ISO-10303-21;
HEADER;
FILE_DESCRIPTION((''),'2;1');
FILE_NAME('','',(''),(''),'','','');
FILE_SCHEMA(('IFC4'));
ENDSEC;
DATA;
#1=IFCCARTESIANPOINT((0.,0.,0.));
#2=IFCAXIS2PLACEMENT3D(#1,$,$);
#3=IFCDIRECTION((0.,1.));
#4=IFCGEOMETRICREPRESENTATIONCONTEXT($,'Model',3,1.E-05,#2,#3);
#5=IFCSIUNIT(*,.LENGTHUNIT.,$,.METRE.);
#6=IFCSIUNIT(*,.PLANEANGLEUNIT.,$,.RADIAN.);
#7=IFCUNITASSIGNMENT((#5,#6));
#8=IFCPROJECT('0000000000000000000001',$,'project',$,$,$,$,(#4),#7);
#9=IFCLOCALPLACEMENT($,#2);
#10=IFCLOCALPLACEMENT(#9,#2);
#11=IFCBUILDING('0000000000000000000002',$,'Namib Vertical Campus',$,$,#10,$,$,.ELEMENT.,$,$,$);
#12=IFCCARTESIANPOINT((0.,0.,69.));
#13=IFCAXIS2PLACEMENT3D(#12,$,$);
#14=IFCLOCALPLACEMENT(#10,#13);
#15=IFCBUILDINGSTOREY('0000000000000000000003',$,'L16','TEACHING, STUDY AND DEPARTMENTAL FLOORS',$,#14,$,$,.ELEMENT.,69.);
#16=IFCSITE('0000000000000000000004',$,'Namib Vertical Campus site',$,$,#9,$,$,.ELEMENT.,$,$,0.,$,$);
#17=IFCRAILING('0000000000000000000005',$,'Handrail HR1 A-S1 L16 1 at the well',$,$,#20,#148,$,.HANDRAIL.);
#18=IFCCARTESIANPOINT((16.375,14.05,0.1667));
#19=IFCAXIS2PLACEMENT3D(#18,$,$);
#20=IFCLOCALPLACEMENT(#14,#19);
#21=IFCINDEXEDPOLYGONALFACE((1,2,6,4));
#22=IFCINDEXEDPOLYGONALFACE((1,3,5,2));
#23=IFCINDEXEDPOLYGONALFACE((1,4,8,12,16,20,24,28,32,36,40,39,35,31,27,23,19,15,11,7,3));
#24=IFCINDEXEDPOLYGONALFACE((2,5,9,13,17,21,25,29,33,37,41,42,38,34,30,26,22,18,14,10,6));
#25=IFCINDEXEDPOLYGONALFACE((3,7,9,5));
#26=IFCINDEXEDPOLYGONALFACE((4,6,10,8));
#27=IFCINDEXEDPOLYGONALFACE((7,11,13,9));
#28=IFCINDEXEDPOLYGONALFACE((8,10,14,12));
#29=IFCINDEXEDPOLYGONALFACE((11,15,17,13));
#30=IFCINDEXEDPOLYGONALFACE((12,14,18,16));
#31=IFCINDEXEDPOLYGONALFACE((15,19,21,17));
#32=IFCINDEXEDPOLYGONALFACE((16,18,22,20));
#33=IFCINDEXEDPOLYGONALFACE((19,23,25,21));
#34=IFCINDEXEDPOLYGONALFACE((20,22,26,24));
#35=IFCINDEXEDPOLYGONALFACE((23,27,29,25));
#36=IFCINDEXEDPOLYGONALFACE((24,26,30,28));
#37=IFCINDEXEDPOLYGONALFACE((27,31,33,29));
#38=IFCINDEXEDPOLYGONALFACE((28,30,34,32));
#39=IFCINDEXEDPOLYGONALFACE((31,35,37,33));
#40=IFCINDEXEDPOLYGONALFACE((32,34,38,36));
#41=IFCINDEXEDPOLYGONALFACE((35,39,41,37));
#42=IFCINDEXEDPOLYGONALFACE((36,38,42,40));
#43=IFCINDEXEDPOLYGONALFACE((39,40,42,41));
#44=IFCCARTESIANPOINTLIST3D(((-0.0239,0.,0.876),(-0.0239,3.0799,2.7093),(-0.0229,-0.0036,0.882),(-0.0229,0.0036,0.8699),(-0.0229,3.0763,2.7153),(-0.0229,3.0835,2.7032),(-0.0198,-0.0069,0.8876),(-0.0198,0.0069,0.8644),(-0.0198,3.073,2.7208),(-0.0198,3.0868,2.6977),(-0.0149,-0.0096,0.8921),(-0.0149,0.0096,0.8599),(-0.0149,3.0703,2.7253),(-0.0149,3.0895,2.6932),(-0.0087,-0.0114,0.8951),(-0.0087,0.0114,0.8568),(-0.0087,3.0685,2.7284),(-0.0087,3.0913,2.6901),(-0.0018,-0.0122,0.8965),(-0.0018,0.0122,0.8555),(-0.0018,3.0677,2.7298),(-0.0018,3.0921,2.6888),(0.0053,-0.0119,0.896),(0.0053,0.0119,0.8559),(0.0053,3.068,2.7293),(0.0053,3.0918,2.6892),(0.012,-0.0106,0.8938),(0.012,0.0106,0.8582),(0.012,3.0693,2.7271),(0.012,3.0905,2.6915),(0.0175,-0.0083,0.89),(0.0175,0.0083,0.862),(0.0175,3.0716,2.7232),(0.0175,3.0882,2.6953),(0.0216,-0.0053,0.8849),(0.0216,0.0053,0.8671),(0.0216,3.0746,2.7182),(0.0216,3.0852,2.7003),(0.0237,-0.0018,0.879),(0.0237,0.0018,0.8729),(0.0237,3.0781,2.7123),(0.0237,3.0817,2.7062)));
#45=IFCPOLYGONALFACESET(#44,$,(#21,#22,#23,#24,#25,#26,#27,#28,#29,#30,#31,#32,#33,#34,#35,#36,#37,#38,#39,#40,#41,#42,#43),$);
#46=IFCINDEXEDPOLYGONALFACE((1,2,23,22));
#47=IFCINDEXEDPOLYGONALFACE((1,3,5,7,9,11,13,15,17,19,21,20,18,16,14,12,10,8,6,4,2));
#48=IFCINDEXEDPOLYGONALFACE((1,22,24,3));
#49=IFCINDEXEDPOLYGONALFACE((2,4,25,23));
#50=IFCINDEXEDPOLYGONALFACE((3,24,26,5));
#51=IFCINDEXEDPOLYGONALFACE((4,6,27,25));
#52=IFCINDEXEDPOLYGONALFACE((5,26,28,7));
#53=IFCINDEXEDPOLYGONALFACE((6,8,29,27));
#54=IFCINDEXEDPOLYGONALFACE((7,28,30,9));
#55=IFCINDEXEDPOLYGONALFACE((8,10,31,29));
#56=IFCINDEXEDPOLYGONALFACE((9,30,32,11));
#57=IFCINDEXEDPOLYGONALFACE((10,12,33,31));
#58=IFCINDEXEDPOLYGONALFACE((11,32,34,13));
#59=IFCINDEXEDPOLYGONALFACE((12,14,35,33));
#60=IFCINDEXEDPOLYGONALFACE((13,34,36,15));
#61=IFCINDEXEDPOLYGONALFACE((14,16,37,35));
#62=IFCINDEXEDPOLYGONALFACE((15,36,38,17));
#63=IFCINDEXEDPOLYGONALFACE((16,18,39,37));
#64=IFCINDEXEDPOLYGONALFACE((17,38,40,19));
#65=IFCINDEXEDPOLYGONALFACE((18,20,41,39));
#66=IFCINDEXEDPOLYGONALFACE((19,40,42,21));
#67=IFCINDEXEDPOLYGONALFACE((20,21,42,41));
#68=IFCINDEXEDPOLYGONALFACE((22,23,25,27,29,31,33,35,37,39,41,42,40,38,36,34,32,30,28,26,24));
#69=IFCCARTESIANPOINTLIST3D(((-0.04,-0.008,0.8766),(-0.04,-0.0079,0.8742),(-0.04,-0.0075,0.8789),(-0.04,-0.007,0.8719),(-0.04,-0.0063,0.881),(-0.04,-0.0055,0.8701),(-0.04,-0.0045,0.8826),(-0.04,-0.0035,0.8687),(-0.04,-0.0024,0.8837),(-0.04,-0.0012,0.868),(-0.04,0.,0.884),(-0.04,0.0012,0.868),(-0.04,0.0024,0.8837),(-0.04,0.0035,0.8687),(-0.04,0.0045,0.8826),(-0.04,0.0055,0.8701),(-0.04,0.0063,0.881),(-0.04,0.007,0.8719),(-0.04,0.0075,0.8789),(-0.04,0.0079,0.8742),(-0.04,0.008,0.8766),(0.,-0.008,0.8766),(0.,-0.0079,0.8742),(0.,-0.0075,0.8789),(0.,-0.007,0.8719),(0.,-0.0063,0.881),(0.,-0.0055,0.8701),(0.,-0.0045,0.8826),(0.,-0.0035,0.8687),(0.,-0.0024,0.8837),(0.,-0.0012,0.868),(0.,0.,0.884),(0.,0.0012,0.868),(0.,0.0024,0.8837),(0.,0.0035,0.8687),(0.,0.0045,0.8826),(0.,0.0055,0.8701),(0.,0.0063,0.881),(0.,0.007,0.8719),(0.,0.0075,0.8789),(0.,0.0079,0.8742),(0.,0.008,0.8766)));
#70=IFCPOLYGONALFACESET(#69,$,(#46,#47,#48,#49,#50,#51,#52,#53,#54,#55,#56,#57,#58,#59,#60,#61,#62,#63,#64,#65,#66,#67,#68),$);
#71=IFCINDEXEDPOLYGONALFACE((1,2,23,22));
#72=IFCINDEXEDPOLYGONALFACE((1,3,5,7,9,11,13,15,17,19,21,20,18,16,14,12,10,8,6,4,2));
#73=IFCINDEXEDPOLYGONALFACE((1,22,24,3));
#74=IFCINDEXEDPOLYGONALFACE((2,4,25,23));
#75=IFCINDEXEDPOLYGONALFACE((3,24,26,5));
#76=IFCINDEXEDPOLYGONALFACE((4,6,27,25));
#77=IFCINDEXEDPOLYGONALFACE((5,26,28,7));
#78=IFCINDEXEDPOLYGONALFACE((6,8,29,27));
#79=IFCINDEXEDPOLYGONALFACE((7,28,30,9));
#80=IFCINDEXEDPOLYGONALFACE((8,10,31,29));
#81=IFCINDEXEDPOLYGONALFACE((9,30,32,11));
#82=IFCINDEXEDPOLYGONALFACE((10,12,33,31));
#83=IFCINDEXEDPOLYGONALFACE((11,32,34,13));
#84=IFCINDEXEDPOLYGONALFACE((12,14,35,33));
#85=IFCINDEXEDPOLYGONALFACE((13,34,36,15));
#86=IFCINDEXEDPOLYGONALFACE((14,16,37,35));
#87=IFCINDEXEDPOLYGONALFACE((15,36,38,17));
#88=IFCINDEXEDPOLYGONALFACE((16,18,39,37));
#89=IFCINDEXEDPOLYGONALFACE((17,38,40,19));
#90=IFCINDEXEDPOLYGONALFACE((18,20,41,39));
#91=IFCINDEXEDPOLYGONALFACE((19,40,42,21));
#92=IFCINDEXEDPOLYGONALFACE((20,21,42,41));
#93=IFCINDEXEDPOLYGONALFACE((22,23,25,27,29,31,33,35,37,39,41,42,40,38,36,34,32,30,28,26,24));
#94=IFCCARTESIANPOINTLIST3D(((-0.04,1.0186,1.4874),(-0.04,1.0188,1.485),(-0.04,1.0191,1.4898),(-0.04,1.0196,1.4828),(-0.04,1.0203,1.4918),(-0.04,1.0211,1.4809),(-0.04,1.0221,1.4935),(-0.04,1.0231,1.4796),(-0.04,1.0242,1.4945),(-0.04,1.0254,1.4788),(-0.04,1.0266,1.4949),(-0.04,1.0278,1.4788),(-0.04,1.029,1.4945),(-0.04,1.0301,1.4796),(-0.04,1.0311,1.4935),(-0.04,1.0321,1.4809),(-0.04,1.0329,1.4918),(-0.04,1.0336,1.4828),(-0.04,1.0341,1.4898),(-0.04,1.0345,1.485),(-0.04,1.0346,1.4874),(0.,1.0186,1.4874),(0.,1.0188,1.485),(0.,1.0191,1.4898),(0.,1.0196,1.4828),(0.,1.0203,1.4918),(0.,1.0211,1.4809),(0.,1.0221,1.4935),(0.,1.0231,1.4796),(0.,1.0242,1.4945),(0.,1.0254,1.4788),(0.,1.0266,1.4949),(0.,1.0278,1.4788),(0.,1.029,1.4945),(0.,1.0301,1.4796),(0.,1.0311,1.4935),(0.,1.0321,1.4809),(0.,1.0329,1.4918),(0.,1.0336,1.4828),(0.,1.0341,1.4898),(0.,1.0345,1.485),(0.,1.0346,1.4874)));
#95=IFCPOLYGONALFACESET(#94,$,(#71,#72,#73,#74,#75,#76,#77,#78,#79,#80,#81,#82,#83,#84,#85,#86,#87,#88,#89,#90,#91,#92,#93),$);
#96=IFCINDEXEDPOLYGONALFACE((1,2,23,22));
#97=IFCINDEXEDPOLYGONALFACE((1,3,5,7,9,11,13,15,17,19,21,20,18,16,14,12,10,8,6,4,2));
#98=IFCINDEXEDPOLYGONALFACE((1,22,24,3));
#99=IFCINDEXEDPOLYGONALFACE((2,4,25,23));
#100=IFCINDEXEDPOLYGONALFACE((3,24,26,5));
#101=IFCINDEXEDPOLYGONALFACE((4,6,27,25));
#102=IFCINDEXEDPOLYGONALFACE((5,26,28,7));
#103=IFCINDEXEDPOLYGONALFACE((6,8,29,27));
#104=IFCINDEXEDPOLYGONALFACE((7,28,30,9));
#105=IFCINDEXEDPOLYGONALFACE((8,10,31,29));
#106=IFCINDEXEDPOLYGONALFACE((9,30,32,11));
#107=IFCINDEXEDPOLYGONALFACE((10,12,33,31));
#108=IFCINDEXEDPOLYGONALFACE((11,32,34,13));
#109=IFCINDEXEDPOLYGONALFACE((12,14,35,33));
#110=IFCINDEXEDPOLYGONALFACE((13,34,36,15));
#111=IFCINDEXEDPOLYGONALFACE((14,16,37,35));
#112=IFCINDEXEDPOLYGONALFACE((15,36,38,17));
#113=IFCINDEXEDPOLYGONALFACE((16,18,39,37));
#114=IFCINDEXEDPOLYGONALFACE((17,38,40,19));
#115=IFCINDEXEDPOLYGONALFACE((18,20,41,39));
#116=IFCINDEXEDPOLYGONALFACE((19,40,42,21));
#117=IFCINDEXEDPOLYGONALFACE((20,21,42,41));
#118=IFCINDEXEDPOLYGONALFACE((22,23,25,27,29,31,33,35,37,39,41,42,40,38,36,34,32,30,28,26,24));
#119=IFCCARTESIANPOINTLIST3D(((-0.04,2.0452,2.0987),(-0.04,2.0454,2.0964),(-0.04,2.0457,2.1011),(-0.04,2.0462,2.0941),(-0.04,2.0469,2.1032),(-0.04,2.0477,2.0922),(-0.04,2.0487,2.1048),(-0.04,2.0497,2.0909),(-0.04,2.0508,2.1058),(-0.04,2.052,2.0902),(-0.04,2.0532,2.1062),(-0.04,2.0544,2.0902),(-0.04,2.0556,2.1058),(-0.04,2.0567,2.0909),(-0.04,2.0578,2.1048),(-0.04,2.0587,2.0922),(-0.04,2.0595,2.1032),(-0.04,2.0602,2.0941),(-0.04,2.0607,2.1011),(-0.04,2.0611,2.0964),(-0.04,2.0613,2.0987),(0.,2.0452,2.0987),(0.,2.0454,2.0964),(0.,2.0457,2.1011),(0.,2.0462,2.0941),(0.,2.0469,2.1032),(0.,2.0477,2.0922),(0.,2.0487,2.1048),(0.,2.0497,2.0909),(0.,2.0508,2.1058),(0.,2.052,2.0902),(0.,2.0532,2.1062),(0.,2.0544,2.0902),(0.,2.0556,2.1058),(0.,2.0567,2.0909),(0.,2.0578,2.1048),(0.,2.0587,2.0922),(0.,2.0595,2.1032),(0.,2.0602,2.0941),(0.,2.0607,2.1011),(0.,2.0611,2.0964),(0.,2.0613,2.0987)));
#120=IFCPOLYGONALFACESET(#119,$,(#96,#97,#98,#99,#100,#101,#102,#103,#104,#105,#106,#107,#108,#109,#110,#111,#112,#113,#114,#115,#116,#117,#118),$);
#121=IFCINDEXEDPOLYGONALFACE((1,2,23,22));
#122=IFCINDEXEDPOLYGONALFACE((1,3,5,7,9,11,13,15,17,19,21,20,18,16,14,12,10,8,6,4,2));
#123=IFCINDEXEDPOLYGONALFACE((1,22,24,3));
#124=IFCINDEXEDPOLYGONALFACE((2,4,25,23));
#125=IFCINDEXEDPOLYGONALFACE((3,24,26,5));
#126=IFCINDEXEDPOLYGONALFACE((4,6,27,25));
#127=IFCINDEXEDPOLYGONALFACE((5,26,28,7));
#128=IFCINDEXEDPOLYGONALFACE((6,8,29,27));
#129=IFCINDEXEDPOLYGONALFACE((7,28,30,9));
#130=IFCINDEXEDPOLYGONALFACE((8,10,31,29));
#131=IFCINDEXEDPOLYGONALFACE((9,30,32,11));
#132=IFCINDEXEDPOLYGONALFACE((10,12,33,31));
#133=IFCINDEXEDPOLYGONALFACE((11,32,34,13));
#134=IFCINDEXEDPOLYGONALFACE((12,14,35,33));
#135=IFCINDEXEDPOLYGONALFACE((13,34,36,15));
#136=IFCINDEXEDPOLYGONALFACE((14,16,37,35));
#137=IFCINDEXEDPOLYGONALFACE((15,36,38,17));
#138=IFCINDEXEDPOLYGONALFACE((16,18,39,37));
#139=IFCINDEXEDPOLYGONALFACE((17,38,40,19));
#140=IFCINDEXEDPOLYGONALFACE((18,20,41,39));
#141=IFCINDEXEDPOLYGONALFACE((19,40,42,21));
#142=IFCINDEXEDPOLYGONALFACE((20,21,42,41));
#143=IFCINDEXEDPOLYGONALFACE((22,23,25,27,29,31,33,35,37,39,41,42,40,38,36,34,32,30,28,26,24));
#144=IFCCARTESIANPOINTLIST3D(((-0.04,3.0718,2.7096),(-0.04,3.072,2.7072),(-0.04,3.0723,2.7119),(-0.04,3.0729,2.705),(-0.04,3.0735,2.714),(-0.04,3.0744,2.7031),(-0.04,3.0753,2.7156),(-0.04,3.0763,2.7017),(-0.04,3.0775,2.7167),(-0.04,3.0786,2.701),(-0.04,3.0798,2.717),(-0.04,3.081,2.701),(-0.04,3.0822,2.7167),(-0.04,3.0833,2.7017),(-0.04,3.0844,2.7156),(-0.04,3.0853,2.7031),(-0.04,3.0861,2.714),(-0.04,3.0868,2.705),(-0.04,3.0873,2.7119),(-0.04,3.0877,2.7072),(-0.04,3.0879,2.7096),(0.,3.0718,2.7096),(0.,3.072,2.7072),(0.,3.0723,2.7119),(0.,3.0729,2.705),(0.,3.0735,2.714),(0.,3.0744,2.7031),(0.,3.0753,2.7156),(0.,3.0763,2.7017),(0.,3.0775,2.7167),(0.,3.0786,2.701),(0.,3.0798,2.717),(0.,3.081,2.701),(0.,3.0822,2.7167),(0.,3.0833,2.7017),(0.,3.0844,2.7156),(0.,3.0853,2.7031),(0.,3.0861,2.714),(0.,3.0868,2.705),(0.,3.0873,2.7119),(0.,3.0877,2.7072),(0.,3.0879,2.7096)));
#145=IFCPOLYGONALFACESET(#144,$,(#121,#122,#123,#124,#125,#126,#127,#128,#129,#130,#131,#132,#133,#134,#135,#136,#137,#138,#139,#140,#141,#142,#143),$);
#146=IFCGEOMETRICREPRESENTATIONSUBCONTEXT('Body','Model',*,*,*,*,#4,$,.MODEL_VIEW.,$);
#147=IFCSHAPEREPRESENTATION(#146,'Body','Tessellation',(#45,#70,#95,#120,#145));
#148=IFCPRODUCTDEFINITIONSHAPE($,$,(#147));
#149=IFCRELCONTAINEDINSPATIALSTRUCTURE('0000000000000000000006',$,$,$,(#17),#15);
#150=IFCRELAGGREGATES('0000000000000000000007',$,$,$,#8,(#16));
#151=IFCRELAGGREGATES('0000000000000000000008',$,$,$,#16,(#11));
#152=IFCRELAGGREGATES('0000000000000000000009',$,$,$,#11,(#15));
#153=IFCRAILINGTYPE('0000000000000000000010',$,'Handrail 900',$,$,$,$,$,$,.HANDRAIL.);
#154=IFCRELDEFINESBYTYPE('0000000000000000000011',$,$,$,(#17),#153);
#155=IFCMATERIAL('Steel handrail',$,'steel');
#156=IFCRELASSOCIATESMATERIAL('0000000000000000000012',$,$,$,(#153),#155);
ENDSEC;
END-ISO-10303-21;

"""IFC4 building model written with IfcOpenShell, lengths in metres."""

from ifc_helpers import new_model, si_unit, direction, frame, origin, origin_2d, place, context, subcontext, project, spatial, circle, extrude, material, type_object, element, save


model = new_model("IFC4")

# Units and contexts
model_context = context("Model", 3, precision=1e-05, world=origin(), true_north=direction((0.0, 1.0)))
body_context = subcontext(model_context, "Body", "Model", "MODEL_VIEW")
ifc_project = project(units=[si_unit("LENGTHUNIT", "METRE"), si_unit("PLANEANGLEUNIT", "RADIAN")], contexts=[model_context])

# Site, building, storey
site_placement = place(None, origin())
site = spatial("IfcSite", under=ifc_project, at=site_placement, Name="Namib Vertical Campus site", CompositionType="ELEMENT", RefElevation=0.0)
building_placement = place(site_placement, origin())
building = spatial("IfcBuilding", under=site, at=building_placement, Name="Namib Vertical Campus", CompositionType="ELEMENT")
storey_placement = place(building_placement, frame((0.0, 0.0, 69.0)))
storey = spatial("IfcBuildingStorey", under=building, at=storey_placement, Name="L16", Description="TEACHING, STUDY AND DEPARTMENTAL FLOORS", CompositionType="ELEMENT", Elevation=69.0)

# Railing
ifc_material_1 = material(Name="Steel handrail", Category="steel")
railing_type_1 = type_object("IfcRailingType", Name="Handrail 900", PredefinedType="HANDRAIL", material=ifc_material_1)
railing_1_placement = place(storey_placement, frame((16.375, 14.05, 0.1667)))
element("IfcRailing", 1, at=railing_1_placement, inside=storey, type_object=railing_type_1, Name="Handrail HR1 A-S1 L16 1 at the well", PredefinedType="HANDRAIL", context=body_context, shape_type="SweptSolid", body=[
    extrude(circle(Radius=0.0239, at=origin_2d()), frame((0.0, 0.0, 0.876), z_axis=(0.0, 0.859291, 0.511487), x_axis=(-1.0, 0.0, 0.0)), (0.0, 0.0, 1.0), 3.5842),
    extrude(circle(Radius=0.0081, at=origin_2d()), frame((0.0, 0.0, 0.876), z_axis=(-1.0, 0.0, 0.0), x_axis=(0.0, 0.0, 1.0)), (0.0, 0.0, 1.0), 0.04),
    extrude(circle(Radius=0.0081, at=origin_2d()), frame((0.0, 1.0266, 1.4868), z_axis=(-1.0, 0.0, 0.0), x_axis=(0.0, 0.0, 1.0)), (0.0, 0.0, 1.0), 0.04),
    extrude(circle(Radius=0.0081, at=origin_2d()), frame((0.0, 2.0532, 2.0981), z_axis=(-1.0, 0.0, 0.0), x_axis=(0.0, 0.0, 1.0)), (0.0, 0.0, 1.0), 0.04),
    extrude(circle(Radius=0.0081, at=origin_2d()), frame((0.0, 3.0798, 2.709), z_axis=(-1.0, 0.0, 0.0), x_axis=(0.0, 0.0, 1.0)), (0.0, 0.0, 1.0), 0.04),
])

save(model, "model.ifc")
